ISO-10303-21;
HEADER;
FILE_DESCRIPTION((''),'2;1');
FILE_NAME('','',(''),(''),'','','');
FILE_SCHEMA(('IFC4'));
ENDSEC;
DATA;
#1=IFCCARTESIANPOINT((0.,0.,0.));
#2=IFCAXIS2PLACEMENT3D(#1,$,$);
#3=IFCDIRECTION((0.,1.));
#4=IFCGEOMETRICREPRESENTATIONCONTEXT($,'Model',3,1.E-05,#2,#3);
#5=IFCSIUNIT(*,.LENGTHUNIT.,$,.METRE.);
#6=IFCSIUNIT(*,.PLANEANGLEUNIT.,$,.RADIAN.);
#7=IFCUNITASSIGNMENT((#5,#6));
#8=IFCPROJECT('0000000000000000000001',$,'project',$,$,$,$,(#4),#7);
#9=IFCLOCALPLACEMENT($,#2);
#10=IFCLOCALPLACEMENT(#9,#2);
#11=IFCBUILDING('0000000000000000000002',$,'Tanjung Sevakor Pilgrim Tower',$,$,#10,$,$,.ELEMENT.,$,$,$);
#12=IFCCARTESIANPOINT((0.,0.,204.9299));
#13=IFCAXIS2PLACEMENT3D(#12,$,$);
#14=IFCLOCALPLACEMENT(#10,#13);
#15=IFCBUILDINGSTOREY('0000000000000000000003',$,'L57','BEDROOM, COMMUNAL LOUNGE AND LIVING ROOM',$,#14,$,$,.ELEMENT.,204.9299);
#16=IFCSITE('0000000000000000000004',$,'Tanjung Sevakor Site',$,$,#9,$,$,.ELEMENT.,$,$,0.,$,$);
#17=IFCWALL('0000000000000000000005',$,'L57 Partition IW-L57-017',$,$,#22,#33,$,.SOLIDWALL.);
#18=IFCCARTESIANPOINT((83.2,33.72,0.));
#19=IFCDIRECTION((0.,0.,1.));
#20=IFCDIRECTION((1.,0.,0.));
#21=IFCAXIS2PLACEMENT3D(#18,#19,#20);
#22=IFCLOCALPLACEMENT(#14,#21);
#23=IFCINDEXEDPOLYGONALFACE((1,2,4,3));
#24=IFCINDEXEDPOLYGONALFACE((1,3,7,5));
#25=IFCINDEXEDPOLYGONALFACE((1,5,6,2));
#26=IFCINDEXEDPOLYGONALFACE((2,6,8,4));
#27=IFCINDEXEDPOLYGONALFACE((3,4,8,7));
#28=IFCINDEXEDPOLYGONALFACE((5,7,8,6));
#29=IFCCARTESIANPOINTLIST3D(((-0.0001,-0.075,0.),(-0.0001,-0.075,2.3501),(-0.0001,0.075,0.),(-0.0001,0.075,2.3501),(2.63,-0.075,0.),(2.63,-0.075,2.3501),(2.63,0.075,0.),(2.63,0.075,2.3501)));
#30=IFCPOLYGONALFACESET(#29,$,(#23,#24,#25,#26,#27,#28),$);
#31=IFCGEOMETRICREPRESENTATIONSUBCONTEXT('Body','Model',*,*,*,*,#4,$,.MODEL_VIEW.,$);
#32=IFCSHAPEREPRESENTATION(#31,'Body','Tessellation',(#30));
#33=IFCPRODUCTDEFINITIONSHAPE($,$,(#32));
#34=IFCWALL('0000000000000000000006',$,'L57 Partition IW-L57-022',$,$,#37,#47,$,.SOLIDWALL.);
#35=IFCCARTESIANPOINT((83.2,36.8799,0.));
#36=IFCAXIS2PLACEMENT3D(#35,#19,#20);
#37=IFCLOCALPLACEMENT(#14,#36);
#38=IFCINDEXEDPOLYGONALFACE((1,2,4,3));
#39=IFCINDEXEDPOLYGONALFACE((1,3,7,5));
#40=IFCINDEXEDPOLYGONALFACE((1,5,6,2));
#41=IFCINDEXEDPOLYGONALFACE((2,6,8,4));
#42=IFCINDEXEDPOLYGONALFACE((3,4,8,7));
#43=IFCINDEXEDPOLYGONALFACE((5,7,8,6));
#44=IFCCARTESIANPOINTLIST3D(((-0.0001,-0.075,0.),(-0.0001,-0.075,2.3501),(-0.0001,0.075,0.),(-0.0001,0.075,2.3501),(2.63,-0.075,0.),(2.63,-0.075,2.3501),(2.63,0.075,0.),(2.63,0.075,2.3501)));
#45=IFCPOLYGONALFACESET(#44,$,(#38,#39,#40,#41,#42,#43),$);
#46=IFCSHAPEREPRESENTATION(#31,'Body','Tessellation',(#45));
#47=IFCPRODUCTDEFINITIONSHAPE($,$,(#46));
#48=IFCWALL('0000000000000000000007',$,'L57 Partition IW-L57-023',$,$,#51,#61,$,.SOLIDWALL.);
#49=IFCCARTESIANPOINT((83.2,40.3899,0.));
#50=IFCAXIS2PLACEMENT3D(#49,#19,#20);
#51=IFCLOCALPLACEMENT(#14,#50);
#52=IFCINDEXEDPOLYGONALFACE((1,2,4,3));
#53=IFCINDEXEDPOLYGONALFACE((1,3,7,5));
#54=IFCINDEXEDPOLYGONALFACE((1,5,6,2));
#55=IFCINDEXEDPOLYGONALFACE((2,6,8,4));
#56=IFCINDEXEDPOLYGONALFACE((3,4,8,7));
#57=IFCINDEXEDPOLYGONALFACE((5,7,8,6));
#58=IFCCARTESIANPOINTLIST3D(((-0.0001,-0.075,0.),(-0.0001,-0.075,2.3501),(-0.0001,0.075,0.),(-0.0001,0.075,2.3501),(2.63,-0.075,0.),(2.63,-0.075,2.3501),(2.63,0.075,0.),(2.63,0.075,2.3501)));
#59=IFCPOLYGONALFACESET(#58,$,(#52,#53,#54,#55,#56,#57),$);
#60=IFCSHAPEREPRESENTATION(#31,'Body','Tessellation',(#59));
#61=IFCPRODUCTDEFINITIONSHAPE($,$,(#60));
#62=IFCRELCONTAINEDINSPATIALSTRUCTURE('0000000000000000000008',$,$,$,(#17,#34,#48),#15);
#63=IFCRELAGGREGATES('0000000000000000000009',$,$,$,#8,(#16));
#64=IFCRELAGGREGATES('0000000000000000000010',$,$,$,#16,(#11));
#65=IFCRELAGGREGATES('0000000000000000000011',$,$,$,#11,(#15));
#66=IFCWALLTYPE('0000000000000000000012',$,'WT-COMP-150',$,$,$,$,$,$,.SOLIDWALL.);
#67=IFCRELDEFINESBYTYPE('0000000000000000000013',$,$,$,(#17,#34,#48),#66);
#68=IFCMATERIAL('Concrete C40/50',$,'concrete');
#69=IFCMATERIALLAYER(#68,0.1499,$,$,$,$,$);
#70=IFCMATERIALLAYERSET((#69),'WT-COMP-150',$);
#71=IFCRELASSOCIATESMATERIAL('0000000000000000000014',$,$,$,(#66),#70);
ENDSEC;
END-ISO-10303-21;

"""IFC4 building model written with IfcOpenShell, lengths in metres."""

from ifc_helpers import new_model, si_unit, direction, frame, frame_2d, origin, place, context, subcontext, project, spatial, rectangle, extrude, material, layer, layer_set, type_object, element, save


model = new_model("IFC4")

# Units and contexts
model_context = context("Model", 3, precision=1e-05, world=origin(), true_north=direction((0.0, 1.0)))
body_context = subcontext(model_context, "Body", "Model", "MODEL_VIEW")
ifc_project = project(units=[si_unit("LENGTHUNIT", "METRE"), si_unit("PLANEANGLEUNIT", "RADIAN")], contexts=[model_context])

# Site, building, storey
site_placement = place(None, origin())
site = spatial("IfcSite", under=ifc_project, at=site_placement, Name="Tanjung Sevakor Site", CompositionType="ELEMENT", RefElevation=0.0)
building_placement = place(site_placement, origin())
building = spatial("IfcBuilding", under=site, at=building_placement, Name="Tanjung Sevakor Pilgrim Tower", CompositionType="ELEMENT")
storey_placement = place(building_placement, frame((0.0, 0.0, 204.9299)))
storey = spatial("IfcBuildingStorey", under=building, at=storey_placement, Name="L57", Description="BEDROOM, COMMUNAL LOUNGE AND LIVING ROOM", CompositionType="ELEMENT", Elevation=204.9299)

# Walls
ifc_material_1 = material(Name="Concrete C40/50", Category="concrete")
ifc_layer_1 = layer(ifc_material_1, 0.1499)
ifc_layer_set_1 = layer_set([ifc_layer_1], Name="WT-COMP-150")
wall_type_1 = type_object("IfcWallType", Name="WT-COMP-150", PredefinedType="SOLIDWALL", material=ifc_layer_set_1)
for number, where, z_axis, x_axis, name in (
    (1, (83.2, 33.72, 0.0), (0.0, 0.0, 1.0), (1.0, 0.0, 0.0), "L57 Partition IW-L57-017"),
    (2, (83.2, 36.8799, 0.0), (0.0, 0.0, 1.0), (1.0, 0.0, 0.0), "L57 Partition IW-L57-022"),
    (3, (83.2, 40.3899, 0.0), (0.0, 0.0, 1.0), (1.0, 0.0, 0.0), "L57 Partition IW-L57-023"),
):
    element("IfcWall", number, at=place(storey_placement, frame(where, z_axis=z_axis, x_axis=x_axis)), inside=storey, type_object=wall_type_1, Name=name, PredefinedType="SOLIDWALL", context=body_context, shape_type="SweptSolid", body=[
        extrude(rectangle(XDim=2.6301, YDim=0.1499, at=frame_2d((1.3149, 0.0))), origin(), (0.0, 0.0, 1.0), 2.3501),
    ])

save(model, "model.ifc")
